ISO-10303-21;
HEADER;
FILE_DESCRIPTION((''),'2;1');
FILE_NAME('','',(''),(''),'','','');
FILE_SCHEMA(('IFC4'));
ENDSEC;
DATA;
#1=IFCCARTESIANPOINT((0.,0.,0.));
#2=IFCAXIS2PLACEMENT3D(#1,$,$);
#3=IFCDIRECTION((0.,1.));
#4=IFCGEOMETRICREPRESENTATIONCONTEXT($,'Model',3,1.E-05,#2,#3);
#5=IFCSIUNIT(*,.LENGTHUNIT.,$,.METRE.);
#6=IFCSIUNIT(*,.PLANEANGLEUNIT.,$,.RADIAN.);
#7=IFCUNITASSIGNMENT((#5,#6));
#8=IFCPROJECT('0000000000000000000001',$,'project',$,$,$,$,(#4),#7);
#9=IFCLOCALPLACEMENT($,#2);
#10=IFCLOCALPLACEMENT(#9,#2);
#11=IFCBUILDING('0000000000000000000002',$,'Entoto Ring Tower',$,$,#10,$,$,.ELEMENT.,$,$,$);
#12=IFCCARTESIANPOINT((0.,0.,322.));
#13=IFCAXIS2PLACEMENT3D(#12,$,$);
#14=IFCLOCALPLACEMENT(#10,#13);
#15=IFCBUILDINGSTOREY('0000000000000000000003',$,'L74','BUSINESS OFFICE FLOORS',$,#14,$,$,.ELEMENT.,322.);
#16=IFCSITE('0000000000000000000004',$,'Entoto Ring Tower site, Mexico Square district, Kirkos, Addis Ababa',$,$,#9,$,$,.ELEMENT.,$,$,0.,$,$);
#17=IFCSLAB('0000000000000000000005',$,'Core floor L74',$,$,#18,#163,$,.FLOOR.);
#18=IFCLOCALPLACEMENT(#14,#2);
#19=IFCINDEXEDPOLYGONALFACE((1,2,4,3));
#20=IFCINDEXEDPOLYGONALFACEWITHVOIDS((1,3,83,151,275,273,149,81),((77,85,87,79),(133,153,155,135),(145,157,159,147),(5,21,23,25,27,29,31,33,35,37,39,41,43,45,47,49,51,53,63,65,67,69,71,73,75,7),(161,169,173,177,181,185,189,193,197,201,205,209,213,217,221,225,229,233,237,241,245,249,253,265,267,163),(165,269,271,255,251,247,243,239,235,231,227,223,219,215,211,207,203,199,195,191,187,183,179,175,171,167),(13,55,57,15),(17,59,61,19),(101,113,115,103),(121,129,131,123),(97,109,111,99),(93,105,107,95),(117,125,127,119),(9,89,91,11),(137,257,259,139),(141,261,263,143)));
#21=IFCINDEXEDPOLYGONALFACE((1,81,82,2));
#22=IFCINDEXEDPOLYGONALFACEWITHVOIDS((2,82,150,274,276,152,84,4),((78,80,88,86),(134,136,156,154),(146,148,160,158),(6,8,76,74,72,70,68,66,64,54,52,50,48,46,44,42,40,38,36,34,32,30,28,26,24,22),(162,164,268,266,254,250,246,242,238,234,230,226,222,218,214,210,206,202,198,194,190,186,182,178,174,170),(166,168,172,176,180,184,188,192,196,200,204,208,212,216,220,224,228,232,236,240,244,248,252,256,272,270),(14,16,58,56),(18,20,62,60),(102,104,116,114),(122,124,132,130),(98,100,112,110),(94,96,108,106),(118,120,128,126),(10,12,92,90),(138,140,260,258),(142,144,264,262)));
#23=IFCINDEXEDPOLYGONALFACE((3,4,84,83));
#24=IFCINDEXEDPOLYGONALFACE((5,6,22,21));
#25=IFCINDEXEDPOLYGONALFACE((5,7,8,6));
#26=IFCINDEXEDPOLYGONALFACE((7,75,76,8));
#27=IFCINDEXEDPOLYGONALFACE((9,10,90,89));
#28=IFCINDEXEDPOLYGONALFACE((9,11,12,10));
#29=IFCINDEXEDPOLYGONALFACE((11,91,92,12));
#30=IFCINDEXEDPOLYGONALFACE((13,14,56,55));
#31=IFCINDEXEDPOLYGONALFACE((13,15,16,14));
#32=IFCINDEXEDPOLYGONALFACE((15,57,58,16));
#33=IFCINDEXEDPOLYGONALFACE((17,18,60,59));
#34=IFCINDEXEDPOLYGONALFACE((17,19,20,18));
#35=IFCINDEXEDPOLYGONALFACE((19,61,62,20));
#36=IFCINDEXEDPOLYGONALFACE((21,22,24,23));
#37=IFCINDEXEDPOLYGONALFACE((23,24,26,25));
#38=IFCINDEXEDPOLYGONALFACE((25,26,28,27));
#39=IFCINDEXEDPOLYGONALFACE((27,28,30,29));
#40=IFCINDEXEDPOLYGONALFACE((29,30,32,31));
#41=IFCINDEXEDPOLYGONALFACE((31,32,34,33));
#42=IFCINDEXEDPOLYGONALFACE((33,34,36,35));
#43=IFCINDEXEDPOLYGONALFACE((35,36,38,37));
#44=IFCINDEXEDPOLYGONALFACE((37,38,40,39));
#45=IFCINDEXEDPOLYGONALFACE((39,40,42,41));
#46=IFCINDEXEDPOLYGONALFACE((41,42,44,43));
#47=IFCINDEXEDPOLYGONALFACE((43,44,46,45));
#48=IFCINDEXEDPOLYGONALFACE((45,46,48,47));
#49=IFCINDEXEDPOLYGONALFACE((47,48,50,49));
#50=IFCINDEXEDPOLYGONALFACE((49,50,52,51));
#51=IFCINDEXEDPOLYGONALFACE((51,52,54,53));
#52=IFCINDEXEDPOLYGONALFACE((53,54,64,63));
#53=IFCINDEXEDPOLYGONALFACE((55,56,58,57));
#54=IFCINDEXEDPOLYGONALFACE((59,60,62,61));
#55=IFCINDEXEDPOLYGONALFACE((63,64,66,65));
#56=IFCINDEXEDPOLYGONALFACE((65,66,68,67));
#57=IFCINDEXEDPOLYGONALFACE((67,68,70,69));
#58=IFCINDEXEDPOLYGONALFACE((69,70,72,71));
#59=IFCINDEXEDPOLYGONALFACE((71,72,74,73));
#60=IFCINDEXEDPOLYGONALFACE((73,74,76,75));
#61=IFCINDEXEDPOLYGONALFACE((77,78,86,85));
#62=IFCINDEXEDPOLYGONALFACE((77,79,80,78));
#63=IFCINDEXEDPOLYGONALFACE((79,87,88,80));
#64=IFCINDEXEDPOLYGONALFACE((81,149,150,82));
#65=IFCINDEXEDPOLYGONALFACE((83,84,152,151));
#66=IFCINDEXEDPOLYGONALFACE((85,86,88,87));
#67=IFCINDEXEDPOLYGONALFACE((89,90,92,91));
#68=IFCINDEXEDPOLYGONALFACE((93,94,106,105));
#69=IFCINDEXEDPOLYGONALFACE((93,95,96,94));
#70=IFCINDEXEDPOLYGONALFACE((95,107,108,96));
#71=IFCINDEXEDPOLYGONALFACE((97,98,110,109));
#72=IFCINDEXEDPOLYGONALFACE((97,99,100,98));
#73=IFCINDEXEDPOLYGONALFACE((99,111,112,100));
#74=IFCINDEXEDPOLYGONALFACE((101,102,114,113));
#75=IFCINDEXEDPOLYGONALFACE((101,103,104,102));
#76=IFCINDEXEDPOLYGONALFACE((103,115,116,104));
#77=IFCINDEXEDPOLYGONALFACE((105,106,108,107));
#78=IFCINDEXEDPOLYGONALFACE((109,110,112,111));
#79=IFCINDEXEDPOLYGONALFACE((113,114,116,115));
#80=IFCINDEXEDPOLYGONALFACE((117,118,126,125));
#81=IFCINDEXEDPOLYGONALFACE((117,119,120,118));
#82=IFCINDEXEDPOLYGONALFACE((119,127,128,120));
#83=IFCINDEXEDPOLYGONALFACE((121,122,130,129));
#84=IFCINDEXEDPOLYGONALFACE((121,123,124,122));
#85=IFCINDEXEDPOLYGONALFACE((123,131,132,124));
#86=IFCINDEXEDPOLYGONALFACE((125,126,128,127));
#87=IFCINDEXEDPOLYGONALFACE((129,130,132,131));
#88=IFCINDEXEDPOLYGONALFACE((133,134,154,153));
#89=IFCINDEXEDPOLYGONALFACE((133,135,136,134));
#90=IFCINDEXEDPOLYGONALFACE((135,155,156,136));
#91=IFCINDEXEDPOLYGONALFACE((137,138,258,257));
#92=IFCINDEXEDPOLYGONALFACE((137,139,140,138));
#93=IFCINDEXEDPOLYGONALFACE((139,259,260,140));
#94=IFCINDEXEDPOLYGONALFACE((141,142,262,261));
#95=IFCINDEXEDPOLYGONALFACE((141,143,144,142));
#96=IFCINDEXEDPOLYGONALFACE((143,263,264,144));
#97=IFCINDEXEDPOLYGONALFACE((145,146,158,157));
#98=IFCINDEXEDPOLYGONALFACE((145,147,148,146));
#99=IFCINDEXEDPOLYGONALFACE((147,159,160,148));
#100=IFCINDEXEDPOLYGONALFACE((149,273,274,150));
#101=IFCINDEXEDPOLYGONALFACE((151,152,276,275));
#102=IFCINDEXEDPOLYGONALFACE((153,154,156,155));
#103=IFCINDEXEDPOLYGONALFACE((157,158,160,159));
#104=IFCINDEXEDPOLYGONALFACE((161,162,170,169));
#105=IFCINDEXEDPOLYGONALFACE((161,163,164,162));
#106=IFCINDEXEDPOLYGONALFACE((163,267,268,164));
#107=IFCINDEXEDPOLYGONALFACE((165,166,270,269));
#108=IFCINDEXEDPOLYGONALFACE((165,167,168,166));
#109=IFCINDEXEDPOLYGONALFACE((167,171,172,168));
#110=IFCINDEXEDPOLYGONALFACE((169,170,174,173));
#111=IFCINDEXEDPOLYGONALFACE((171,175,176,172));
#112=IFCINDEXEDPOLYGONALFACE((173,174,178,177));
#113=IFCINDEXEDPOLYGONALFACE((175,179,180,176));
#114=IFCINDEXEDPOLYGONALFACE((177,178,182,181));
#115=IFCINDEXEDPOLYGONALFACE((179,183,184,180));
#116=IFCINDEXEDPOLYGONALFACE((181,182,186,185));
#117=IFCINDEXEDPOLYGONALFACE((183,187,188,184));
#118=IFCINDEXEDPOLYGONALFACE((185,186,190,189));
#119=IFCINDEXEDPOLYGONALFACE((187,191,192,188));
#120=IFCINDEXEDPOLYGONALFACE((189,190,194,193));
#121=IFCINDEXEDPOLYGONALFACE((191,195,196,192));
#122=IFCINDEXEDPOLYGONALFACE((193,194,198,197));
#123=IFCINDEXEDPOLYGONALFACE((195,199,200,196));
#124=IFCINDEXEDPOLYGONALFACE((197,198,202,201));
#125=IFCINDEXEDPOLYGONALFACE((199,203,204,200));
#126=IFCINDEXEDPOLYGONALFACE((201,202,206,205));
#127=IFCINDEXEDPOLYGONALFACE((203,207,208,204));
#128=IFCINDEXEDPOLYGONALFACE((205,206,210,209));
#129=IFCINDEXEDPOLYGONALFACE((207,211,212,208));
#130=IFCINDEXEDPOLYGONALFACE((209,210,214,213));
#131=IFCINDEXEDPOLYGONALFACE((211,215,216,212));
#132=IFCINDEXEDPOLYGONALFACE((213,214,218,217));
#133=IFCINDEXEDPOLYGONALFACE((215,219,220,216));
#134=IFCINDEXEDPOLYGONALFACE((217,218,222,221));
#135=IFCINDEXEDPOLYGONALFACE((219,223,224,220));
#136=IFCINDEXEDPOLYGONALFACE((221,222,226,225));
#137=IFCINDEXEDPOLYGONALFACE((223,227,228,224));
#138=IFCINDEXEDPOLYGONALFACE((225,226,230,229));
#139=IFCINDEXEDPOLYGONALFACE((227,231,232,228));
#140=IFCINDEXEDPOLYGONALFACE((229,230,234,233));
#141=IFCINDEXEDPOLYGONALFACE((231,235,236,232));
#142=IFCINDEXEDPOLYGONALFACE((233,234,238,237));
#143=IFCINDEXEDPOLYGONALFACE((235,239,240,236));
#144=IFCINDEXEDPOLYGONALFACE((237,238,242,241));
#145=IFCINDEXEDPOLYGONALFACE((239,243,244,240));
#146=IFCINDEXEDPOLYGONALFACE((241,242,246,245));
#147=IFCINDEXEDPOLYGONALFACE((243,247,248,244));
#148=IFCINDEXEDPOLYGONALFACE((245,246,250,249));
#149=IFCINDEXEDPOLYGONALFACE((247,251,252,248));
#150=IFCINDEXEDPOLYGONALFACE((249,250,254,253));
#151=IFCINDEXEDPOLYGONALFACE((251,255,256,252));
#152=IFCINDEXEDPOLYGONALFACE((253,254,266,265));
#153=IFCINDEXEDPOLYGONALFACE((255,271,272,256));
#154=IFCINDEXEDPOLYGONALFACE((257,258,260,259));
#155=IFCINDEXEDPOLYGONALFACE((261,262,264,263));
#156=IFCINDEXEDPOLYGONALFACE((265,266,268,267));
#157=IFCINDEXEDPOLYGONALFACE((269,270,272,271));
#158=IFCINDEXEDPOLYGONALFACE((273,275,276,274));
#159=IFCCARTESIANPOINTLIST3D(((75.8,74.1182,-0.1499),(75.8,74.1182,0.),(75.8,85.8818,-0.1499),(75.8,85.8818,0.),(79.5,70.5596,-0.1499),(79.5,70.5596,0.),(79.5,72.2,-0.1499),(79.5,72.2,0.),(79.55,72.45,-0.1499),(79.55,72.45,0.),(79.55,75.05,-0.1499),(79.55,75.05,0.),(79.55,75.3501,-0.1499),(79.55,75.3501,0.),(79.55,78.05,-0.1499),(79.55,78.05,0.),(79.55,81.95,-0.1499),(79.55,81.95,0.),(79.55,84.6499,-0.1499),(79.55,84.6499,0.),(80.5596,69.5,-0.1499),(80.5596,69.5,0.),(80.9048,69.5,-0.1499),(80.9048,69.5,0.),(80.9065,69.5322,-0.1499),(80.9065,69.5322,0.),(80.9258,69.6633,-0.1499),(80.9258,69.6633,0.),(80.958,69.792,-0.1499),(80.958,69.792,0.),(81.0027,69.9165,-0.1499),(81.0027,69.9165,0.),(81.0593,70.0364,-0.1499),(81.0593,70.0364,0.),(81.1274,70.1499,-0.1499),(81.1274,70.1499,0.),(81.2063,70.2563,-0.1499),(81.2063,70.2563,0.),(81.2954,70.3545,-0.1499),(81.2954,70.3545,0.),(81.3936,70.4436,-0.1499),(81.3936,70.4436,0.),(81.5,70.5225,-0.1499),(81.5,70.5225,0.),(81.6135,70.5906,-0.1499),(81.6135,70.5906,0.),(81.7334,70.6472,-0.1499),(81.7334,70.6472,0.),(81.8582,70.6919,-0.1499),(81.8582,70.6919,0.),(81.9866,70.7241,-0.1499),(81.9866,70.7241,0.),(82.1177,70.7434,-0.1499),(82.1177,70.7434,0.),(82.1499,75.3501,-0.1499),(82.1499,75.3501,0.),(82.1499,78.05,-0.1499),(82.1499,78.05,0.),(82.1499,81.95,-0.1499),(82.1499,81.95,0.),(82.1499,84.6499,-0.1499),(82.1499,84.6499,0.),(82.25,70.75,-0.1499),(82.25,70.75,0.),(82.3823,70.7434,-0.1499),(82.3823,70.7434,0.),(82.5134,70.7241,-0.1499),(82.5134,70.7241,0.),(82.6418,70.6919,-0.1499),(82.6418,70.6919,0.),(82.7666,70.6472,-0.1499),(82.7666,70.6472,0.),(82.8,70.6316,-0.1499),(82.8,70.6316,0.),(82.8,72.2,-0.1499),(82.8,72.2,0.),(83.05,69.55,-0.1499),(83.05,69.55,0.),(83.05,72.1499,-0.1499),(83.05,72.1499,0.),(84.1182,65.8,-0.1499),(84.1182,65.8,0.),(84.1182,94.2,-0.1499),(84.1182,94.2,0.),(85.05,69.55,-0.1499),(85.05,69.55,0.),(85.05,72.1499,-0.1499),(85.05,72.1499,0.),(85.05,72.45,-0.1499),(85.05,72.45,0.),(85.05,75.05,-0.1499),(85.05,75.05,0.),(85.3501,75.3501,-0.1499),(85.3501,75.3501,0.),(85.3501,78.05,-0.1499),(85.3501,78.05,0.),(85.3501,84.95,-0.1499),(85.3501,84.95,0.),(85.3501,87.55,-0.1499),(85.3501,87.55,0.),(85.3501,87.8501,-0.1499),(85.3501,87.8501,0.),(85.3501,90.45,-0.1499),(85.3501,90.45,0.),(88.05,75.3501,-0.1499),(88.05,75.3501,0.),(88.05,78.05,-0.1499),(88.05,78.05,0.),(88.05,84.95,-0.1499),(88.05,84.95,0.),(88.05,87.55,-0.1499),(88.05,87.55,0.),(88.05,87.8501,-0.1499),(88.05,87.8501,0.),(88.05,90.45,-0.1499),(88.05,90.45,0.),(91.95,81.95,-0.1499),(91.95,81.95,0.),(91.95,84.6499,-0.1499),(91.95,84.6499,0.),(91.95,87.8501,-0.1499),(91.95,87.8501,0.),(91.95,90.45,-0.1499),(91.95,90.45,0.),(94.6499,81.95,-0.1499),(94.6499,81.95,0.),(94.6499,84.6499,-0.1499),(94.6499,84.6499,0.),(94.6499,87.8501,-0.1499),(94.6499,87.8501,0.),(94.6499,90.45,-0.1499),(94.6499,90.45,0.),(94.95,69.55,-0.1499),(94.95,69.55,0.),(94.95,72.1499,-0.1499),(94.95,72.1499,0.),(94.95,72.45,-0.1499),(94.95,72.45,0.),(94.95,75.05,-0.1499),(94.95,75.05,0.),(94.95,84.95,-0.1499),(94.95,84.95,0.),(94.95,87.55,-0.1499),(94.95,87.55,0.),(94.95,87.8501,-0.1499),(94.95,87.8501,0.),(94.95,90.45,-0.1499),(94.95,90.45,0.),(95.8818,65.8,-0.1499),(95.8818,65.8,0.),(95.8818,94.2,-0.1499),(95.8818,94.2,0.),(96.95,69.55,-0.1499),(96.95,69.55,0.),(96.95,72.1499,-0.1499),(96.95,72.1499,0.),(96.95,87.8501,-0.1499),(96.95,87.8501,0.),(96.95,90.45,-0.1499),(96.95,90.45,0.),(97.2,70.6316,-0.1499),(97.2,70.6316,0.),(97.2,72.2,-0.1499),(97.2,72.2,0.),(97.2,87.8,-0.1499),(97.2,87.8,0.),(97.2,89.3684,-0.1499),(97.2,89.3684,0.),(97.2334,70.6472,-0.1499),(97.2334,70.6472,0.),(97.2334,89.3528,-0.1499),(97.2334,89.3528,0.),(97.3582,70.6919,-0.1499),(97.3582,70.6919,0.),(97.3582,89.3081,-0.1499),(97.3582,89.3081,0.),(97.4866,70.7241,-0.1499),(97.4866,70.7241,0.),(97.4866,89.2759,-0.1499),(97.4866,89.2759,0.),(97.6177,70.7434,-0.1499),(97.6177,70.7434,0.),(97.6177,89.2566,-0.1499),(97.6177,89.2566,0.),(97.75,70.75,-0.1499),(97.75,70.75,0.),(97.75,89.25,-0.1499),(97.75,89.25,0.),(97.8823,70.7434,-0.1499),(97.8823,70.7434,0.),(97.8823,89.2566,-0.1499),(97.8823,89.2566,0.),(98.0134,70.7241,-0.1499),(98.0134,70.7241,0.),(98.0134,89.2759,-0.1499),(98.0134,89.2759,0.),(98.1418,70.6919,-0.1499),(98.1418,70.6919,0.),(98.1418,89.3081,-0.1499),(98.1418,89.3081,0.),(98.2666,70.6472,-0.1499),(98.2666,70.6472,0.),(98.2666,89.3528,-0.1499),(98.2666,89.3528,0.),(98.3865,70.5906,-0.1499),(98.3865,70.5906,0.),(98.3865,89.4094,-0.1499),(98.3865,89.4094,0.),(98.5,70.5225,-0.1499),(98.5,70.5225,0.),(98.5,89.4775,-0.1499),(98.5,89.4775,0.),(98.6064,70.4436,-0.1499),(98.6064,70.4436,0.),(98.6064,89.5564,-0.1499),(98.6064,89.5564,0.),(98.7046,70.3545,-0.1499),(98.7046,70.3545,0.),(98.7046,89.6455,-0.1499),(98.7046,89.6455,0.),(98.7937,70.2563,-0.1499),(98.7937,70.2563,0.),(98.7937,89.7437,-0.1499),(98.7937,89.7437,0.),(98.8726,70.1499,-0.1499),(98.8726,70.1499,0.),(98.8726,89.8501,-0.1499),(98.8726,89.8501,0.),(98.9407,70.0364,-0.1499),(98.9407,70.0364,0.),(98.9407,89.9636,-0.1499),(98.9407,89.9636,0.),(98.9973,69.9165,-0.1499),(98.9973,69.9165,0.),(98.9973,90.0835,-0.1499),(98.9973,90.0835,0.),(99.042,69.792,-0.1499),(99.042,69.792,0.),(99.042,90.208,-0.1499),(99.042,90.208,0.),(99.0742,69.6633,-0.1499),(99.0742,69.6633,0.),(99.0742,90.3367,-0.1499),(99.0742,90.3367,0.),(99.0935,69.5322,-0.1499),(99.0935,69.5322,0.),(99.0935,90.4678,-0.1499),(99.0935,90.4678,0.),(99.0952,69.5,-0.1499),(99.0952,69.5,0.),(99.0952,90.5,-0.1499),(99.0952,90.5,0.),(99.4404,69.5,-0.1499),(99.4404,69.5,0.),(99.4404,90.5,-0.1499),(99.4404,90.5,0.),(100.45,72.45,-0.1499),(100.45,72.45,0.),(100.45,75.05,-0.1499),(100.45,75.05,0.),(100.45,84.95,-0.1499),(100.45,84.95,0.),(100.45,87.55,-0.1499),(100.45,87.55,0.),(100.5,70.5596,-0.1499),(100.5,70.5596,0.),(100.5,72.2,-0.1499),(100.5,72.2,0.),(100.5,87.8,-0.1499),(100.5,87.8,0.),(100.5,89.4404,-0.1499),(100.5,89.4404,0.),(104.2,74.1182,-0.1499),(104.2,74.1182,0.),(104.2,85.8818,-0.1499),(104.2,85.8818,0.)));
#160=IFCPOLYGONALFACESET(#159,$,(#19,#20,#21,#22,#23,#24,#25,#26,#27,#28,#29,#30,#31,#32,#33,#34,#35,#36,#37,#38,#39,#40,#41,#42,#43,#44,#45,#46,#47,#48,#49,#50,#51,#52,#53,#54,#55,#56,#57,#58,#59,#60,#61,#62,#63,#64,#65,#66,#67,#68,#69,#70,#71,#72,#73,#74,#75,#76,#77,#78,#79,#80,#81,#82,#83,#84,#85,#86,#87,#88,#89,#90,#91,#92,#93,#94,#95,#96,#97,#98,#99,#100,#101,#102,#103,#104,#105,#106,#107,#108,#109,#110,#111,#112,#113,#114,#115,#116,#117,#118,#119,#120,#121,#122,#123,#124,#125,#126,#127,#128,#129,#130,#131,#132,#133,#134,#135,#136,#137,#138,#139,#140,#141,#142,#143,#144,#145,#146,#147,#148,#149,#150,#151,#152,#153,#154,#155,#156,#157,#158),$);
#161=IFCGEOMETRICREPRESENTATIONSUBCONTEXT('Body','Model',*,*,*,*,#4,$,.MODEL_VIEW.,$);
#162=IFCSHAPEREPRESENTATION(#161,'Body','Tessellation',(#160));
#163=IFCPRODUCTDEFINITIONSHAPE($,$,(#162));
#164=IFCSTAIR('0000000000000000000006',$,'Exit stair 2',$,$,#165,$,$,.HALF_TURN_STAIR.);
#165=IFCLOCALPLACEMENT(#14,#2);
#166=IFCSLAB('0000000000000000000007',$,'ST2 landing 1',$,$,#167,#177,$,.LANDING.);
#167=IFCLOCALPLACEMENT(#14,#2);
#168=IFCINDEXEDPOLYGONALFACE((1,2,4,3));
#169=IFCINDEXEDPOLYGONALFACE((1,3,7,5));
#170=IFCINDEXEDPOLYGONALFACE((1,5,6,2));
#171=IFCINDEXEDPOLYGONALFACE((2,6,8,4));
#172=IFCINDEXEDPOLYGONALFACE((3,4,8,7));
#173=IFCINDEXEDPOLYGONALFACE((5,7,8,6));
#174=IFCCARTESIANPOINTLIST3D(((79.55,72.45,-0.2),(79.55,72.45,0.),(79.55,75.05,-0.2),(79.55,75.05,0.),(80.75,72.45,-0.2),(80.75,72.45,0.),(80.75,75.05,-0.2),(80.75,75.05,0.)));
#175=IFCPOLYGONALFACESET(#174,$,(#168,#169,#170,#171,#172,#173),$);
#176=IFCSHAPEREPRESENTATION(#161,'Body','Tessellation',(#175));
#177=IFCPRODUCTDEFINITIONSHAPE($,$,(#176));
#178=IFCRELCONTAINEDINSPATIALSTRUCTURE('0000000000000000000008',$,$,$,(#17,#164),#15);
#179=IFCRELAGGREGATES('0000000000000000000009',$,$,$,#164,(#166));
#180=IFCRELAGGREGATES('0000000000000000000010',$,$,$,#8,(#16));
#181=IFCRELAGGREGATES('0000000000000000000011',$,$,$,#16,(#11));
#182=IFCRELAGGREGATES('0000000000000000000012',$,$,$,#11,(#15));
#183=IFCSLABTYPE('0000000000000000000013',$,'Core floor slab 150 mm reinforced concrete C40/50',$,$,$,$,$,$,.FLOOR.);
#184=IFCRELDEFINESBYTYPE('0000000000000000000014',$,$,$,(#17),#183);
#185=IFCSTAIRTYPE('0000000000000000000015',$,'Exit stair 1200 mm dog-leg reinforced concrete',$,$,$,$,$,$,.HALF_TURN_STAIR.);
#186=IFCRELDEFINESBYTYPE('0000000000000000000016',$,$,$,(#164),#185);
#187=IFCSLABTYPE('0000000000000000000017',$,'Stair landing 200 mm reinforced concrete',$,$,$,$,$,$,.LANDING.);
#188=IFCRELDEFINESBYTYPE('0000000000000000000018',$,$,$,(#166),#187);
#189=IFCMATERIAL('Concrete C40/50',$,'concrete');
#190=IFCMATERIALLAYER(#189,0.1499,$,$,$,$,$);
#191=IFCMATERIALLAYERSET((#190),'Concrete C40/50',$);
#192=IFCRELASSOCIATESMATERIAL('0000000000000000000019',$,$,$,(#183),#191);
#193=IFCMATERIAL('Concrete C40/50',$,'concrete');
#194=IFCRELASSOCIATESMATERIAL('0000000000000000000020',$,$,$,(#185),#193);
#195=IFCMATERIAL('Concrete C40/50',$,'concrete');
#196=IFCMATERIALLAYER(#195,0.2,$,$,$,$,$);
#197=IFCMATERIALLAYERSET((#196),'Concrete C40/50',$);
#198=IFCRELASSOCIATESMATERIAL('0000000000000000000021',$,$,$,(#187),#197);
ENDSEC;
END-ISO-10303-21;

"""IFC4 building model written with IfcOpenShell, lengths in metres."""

from ifc_helpers import new_model, si_unit, direction, frame, origin, place, context, subcontext, project, spatial, polyline, outline, extrude, material, layer, layer_set, type_object, element, aggregate, save


model = new_model("IFC4")

# Units and contexts
model_context = context("Model", 3, precision=1e-05, world=origin(), true_north=direction((0.0, 1.0)))
body_context = subcontext(model_context, "Body", "Model", "MODEL_VIEW")
ifc_project = project(units=[si_unit("LENGTHUNIT", "METRE"), si_unit("PLANEANGLEUNIT", "RADIAN")], contexts=[model_context])

# Site, building, storey
site_placement = place(None, origin())
site = spatial("IfcSite", under=ifc_project, at=site_placement, Name="Entoto Ring Tower site, Mexico Square district, Kirkos, Addis Ababa", CompositionType="ELEMENT", RefElevation=0.0)
building_placement = place(site_placement, origin())
building = spatial("IfcBuilding", under=site, at=building_placement, Name="Entoto Ring Tower", CompositionType="ELEMENT")
storey_placement = place(building_placement, frame((0.0, 0.0, 322.0)))
storey = spatial("IfcBuildingStorey", under=building, at=storey_placement, Name="L74", Description="BUSINESS OFFICE FLOORS", CompositionType="ELEMENT", Elevation=322.0)

# Slab
ifc_material_1 = material(Name="Concrete C40/50", Category="concrete")
ifc_layer_1 = layer(ifc_material_1, 0.1499)
ifc_layer_set_1 = layer_set([ifc_layer_1], Name="Concrete C40/50")
slab_type_1 = type_object("IfcSlabType", Name="Core floor slab 150 mm reinforced concrete C40/50", PredefinedType="FLOOR", material=ifc_layer_set_1)
slab_1_placement = place(storey_placement, frame((0.0, 0.0, -0.1499)))
element("IfcSlab", 1, at=slab_1_placement, inside=storey, type_object=slab_type_1, Name="Core floor L74", PredefinedType="FLOOR", context=body_context, shape_type="SweptSolid", body=[
    extrude(outline(polyline([(104.2, 74.1182), (104.2, 85.8818), (95.8818, 94.2), (84.1182, 94.2), (75.8, 85.8818), (75.8, 74.1182), (84.1182, 65.8), (95.8818, 65.8), (104.2, 74.1182)]), holes=[polyline([(100.45, 84.95), (100.45, 87.55), (94.95, 87.55), (94.95, 84.95), (100.45, 84.95)]), polyline([(85.05, 72.45), (85.05, 75.05), (79.55, 75.05), (79.55, 72.45), (85.05, 72.45)]), polyline([(100.45, 72.45), (100.45, 75.05), (94.95, 75.05), (94.95, 72.45), (100.45, 72.45)]), polyline([(94.95, 90.45), (94.95, 87.8501), (96.95, 87.8501), (96.95, 90.45), (94.95, 90.45)]), polyline([(94.95, 72.1499), (94.95, 69.55), (96.95, 69.55), (96.95, 72.1499), (94.95, 72.1499)]), polyline([(83.05, 72.1499), (83.05, 69.55), (85.05, 69.55), (85.05, 72.1499), (83.05, 72.1499)]), polyline([(79.55, 81.95), (82.1499, 81.95), (82.1499, 84.6499), (79.55, 84.6499), (79.55, 81.95)]), polyline([(79.55, 75.3501), (82.1499, 75.3501), (82.1499, 78.05), (79.55, 78.05), (79.55, 75.3501)]), polyline([(91.95, 87.8501), (94.6499, 87.8501), (94.6499, 90.45), (91.95, 90.45), (91.95, 87.8501)]), polyline([(91.95, 81.95), (94.6499, 81.95), (94.6499, 84.6499), (91.95, 84.6499), (91.95, 81.95)]), polyline([(85.3501, 75.3501), (88.05, 75.3501), (88.05, 78.05), (85.3501, 78.05), (85.3501, 75.3501)]), polyline([(85.3501, 84.95), (88.05, 84.95), (88.05, 87.55), (85.3501, 87.55), (85.3501, 84.95)]), polyline([(85.3501, 87.8501), (88.05, 87.8501), (88.05, 90.45), (85.3501, 90.45), (85.3501, 87.8501)]), polyline([(97.2, 89.3684), (97.2, 87.8), (100.5, 87.8), (100.5, 89.4404), (99.4404, 90.5), (99.0952, 90.5), (99.0935, 90.4678), (99.0742, 90.3367), (99.042, 90.208), (98.9973, 90.0835), (98.9407, 89.9636), (98.8726, 89.8501), (98.7937, 89.7437), (98.7046, 89.6455), (98.6064, 89.5564), (98.5, 89.4775), (98.3865, 89.4094), (98.2666, 89.3528), (98.1418, 89.3081), (98.0134, 89.2759), (97.8823, 89.2566), (97.75, 89.25), (97.6177, 89.2566), (97.4866, 89.2759), (97.3582, 89.3081), (97.2334, 89.3528), (97.2, 89.3684)]), polyline([(80.5596, 69.5), (80.9048, 69.5), (80.9065, 69.5322), (80.9258, 69.6633), (80.958, 69.792), (81.0027, 69.9165), (81.0593, 70.0364), (81.1274, 70.1499), (81.2063, 70.2563), (81.2954, 70.3545), (81.3936, 70.4436), (81.5, 70.5225), (81.6135, 70.5906), (81.7334, 70.6472), (81.8582, 70.6919), (81.9866, 70.7241), (82.1177, 70.7434), (82.25, 70.75), (82.3823, 70.7434), (82.5134, 70.7241), (82.6418, 70.6919), (82.7666, 70.6472), (82.8, 70.6316), (82.8, 72.2), (79.5, 72.2), (79.5, 70.5596), (80.5596, 69.5)]), polyline([(99.0952, 69.5), (99.4404, 69.5), (100.5, 70.5596), (100.5, 72.2), (97.2, 72.2), (97.2, 70.6316), (97.2334, 70.6472), (97.3582, 70.6919), (97.4866, 70.7241), (97.6177, 70.7434), (97.75, 70.75), (97.8823, 70.7434), (98.0134, 70.7241), (98.1418, 70.6919), (98.2666, 70.6472), (98.3865, 70.5906), (98.5, 70.5225), (98.6064, 70.4436), (98.7046, 70.3545), (98.7937, 70.2563), (98.8726, 70.1499), (98.9407, 70.0364), (98.9973, 69.9165), (99.042, 69.792), (99.0742, 69.6633), (99.0935, 69.5322), (99.0952, 69.5)])]), origin(), (0.0, 0.0, 1.0), 0.1499),
])

# Stair, slab
ifc_material_2 = material(Name="Concrete C40/50", Category="concrete")
stair_type = type_object("IfcStairType", Name="Exit stair 1200 mm dog-leg reinforced concrete", PredefinedType="HALF_TURN_STAIR", material=ifc_material_2)
stair_1_placement = place(storey_placement, origin())
stair_1 = element("IfcStair", 2, at=stair_1_placement, inside=storey, type_object=stair_type, Name="Exit stair 2", PredefinedType="HALF_TURN_STAIR")
ifc_material_3 = material(Name="Concrete C40/50", Category="concrete")
ifc_layer_2 = layer(ifc_material_3, 0.2)
ifc_layer_set_2 = layer_set([ifc_layer_2], Name="Concrete C40/50")
slab_type_2 = type_object("IfcSlabType", Name="Stair landing 200 mm reinforced concrete", PredefinedType="LANDING", material=ifc_layer_set_2)
slab_2_placement = place(storey_placement, frame((0.0, 0.0, -0.2)))
slab_2 = element("IfcSlab", 3, at=slab_2_placement, type_object=slab_type_2, Name="ST2 landing 1", PredefinedType="LANDING", context=body_context, shape_type="SweptSolid", body=[
    extrude(outline(polyline([(80.75, 72.45), (80.75, 75.05), (79.55, 75.05), (79.55, 72.45), (80.75, 72.45)])), origin(), (0.0, 0.0, 1.0), 0.2),
])
aggregate(stair_1, [slab_2])

save(model, "model.ifc")
